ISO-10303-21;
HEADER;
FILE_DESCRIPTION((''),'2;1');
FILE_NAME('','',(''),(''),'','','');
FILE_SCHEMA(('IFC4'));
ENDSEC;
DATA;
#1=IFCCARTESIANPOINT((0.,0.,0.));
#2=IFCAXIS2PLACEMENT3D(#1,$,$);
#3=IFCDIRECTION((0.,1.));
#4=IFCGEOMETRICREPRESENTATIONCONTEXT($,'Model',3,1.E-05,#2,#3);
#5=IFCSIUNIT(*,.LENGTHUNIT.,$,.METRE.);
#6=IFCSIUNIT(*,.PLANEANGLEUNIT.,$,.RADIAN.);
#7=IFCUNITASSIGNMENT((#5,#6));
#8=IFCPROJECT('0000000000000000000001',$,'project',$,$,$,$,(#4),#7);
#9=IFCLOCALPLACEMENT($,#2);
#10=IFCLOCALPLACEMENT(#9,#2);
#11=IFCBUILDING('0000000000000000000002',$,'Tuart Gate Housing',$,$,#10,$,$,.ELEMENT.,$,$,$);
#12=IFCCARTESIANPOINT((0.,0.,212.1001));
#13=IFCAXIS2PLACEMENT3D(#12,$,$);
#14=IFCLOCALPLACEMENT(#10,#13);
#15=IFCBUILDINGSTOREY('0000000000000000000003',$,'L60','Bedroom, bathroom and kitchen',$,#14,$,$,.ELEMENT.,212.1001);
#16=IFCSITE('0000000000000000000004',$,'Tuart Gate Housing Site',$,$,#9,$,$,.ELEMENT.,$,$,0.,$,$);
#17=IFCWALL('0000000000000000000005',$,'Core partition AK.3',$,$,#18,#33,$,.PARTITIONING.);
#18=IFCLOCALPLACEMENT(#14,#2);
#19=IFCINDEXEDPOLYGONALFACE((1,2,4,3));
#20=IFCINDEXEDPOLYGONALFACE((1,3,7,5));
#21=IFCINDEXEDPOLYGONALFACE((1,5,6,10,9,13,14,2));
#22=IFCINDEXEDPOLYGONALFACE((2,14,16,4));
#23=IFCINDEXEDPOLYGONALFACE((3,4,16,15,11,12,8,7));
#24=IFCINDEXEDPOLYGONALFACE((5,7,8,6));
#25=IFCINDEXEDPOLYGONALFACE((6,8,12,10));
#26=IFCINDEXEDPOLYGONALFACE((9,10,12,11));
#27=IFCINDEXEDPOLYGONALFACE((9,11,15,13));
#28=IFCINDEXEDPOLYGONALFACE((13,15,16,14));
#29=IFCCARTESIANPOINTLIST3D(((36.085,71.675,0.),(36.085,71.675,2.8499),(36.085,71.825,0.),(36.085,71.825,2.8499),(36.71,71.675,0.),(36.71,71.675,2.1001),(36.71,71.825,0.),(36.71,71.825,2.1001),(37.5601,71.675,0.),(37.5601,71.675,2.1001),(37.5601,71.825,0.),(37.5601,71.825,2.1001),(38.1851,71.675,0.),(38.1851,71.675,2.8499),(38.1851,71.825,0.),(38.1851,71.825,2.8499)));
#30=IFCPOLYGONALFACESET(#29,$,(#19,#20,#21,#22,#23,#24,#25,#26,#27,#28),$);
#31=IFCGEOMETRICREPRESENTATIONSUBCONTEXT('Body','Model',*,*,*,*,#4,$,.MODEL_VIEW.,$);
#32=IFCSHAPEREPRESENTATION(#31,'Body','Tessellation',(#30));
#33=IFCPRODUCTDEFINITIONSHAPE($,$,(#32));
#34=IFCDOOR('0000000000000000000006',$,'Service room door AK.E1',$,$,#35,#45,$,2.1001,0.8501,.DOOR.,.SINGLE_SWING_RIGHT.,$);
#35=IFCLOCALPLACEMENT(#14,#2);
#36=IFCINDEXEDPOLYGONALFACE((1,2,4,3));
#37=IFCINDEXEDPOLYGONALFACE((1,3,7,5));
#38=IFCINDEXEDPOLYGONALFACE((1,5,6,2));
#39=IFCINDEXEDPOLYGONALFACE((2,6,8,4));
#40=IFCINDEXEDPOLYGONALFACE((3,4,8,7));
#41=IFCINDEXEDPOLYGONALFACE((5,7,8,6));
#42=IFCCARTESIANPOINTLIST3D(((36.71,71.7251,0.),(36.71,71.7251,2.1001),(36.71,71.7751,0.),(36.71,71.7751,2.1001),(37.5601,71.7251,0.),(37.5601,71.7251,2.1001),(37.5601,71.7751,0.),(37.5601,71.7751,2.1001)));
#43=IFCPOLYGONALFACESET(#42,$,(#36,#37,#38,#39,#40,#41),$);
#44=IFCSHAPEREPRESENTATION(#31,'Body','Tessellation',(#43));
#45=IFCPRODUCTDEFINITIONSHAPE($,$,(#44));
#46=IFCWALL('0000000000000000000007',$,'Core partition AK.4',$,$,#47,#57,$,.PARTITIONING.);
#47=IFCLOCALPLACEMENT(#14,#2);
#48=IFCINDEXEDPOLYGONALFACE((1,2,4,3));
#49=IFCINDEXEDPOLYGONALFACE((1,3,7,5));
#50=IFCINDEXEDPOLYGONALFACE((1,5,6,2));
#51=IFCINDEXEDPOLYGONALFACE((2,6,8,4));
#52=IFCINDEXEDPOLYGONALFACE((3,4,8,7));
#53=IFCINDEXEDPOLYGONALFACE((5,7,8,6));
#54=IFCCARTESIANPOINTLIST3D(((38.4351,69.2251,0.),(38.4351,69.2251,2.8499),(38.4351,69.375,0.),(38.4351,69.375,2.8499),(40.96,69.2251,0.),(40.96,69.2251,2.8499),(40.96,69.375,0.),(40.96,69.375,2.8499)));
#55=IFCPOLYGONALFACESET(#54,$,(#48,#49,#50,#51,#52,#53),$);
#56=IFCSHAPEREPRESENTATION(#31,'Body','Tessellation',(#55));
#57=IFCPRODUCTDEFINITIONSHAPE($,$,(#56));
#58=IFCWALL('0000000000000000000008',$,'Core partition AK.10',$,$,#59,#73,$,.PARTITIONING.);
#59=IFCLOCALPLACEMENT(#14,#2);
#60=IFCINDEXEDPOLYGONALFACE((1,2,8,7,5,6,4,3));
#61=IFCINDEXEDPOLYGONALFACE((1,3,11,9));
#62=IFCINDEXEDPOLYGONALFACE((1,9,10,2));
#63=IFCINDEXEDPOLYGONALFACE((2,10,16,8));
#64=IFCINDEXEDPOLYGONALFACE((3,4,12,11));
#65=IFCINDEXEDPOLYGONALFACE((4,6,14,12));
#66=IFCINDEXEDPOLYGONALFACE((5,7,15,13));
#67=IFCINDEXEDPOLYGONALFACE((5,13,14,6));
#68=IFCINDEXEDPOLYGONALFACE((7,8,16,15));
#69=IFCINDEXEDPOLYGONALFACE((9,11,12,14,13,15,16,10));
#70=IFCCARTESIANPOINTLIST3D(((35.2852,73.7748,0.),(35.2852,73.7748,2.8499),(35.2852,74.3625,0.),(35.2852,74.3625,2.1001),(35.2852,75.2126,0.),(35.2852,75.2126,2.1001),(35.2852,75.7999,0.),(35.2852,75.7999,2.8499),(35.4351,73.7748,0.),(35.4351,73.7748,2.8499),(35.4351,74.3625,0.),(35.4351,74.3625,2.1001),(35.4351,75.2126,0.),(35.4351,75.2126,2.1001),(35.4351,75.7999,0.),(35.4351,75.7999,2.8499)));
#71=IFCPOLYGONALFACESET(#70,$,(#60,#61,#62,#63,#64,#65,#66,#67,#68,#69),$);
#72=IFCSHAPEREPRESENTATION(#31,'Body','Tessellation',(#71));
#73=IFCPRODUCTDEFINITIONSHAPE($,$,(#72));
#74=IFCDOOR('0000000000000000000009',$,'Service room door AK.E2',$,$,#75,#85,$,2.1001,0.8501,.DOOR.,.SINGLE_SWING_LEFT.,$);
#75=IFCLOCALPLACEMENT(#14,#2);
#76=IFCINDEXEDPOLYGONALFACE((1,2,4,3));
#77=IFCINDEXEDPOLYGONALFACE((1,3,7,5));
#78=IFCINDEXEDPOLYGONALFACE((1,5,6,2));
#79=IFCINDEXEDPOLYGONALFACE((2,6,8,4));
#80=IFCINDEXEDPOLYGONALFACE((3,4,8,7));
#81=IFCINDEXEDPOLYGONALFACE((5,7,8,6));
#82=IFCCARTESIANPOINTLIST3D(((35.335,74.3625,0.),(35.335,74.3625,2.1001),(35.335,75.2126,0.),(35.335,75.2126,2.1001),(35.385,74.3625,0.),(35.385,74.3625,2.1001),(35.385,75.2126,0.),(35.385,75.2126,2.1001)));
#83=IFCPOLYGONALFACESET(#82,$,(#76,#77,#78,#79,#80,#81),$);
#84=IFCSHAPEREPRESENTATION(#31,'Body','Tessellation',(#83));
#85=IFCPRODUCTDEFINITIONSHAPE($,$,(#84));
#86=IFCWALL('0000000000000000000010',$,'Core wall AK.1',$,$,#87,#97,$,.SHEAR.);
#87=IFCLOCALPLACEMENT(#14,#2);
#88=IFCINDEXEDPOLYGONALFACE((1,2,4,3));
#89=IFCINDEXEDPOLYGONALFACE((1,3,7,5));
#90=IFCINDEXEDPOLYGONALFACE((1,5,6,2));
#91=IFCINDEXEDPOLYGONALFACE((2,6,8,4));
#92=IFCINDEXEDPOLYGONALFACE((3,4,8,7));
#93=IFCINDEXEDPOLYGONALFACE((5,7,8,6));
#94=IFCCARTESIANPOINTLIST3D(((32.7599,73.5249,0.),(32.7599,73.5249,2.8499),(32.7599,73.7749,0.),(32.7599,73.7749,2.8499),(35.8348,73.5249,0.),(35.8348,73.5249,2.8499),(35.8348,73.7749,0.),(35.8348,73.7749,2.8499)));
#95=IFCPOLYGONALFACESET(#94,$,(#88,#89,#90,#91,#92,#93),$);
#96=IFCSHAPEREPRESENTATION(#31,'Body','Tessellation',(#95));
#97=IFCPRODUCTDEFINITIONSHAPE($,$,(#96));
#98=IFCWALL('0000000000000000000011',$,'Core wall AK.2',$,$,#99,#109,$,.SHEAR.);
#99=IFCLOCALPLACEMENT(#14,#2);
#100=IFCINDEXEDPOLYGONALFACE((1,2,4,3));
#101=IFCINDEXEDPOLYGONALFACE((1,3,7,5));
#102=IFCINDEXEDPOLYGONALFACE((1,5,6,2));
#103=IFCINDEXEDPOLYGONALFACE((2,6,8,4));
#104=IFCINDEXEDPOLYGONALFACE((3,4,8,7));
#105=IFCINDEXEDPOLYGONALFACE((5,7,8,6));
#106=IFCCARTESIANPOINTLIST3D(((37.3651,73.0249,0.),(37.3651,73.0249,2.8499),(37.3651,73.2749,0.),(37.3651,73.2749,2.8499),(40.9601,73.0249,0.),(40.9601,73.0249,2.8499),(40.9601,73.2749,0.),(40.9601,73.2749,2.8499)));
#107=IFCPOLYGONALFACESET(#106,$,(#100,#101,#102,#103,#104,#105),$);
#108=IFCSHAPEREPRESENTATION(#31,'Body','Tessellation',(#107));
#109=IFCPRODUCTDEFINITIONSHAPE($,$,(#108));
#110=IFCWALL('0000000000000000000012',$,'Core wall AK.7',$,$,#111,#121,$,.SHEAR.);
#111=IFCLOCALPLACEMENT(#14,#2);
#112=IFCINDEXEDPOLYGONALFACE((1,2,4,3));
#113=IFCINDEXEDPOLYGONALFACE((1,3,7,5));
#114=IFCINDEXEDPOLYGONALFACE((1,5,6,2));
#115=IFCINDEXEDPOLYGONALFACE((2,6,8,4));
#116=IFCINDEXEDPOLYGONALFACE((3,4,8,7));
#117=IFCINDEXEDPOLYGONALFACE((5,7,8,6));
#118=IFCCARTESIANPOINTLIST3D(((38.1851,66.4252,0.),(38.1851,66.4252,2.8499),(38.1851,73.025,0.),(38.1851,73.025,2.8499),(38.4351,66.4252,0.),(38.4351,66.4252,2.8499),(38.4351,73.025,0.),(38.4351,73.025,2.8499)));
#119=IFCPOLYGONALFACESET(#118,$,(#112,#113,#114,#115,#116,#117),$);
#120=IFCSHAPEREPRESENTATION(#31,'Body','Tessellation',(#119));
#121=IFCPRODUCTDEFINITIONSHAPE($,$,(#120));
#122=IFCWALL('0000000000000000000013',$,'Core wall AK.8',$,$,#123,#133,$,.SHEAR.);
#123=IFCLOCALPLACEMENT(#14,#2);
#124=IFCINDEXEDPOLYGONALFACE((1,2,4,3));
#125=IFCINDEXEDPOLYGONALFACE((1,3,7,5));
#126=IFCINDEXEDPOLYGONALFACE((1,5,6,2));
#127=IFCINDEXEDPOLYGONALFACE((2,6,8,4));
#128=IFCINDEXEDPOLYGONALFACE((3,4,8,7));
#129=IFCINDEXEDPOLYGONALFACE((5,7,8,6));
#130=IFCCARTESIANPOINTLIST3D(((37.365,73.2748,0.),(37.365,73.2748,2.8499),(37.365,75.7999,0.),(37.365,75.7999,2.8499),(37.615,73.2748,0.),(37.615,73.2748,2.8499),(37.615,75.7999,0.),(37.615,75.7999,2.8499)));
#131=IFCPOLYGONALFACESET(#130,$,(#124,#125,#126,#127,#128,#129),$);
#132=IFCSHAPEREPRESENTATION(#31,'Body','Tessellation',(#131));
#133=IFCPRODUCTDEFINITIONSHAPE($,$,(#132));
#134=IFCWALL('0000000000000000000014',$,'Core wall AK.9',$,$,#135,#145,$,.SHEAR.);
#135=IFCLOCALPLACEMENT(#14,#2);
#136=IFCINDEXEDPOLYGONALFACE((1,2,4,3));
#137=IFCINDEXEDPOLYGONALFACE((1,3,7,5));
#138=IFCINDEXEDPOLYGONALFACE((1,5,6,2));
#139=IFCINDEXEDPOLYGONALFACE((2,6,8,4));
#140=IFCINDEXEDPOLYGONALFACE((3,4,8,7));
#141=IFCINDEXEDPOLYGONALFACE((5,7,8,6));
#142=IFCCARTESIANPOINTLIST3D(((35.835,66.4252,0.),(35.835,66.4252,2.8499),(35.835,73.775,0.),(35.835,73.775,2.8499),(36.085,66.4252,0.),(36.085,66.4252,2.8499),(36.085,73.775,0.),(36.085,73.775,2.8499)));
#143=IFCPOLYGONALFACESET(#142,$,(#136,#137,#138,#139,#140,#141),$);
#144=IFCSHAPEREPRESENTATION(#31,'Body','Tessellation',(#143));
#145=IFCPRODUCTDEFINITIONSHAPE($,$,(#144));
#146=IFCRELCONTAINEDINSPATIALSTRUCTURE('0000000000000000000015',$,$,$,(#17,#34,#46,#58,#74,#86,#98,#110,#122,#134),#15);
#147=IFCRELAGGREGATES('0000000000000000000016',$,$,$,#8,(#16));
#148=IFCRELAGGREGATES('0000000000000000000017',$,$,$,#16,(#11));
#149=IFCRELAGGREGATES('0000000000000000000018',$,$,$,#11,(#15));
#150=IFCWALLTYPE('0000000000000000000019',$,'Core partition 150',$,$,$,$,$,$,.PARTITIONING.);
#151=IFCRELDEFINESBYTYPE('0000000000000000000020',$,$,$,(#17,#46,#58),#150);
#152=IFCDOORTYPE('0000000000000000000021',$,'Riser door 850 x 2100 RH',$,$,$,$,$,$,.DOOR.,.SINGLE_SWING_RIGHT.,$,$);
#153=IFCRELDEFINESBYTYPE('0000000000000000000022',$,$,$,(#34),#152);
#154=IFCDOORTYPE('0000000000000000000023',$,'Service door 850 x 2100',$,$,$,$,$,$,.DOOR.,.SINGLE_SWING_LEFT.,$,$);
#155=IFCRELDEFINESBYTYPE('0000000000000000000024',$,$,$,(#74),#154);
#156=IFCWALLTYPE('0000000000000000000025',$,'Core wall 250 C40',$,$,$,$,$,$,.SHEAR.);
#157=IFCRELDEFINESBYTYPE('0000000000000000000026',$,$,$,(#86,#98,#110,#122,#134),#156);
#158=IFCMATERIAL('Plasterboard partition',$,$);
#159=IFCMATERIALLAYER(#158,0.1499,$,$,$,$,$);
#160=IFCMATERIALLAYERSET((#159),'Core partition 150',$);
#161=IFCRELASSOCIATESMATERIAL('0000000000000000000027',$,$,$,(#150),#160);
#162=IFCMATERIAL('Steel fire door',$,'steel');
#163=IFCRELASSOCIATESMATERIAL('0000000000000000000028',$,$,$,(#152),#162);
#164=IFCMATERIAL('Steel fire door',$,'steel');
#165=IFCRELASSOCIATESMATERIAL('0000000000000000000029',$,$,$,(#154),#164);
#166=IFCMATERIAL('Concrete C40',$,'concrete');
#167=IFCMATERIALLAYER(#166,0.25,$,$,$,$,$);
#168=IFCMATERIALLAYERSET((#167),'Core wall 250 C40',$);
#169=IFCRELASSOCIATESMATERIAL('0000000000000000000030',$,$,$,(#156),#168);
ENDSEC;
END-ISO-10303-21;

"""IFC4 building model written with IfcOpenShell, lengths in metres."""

from ifc_helpers import new_model, si_unit, direction, frame, frame_2d, origin, place, context, subcontext, project, spatial, rectangle, extrude, material, layer, layer_set, type_object, element, fill, save


model = new_model("IFC4")

# Units and contexts
model_context = context("Model", 3, precision=1e-05, world=origin(), true_north=direction((0.0, 1.0)))
body_context = subcontext(model_context, "Body", "Model", "MODEL_VIEW")
ifc_project = project(units=[si_unit("LENGTHUNIT", "METRE"), si_unit("PLANEANGLEUNIT", "RADIAN")], contexts=[model_context])

# Site, building, storey
site_placement = place(None, origin())
site = spatial("IfcSite", under=ifc_project, at=site_placement, Name="Tuart Gate Housing Site", CompositionType="ELEMENT", RefElevation=0.0)
building_placement = place(site_placement, origin())
building = spatial("IfcBuilding", under=site, at=building_placement, Name="Tuart Gate Housing", CompositionType="ELEMENT")
storey_placement = place(building_placement, frame((0.0, 0.0, 212.1001)))
storey = spatial("IfcBuildingStorey", under=building, at=storey_placement, Name="L60", Description="Bedroom, bathroom and kitchen", CompositionType="ELEMENT", Elevation=212.1001)

# Wall, opening, door
ifc_material_1 = material(Name="Plasterboard partition")
ifc_layer_1 = layer(ifc_material_1, 0.1499)
ifc_layer_set_1 = layer_set([ifc_layer_1], Name="Core partition 150")
wall_type_1 = type_object("IfcWallType", Name="Core partition 150", PredefinedType="PARTITIONING", material=ifc_layer_set_1)
wall_1_placement = place(storey_placement, frame((38.1851, 71.75, 0.0), z_axis=(0.0, 0.0, 1.0), x_axis=(-1.0, 0.0, 0.0)))
wall_1 = element("IfcWall", 1, at=wall_1_placement, inside=storey, type_object=wall_type_1, Name="Core partition AK.3", PredefinedType="PARTITIONING", context=body_context, shape_type="SweptSolid", body=[
    extrude(rectangle(XDim=2.1001, YDim=0.1499, at=frame_2d((1.05, 0.0))), origin(), (0.0, 0.0, 1.0), 2.8499),
])
opening_1_placement = place(wall_1_placement, frame((0.625, 0.0, 0.0)))
opening_1 = element("IfcOpeningElement", 2, at=opening_1_placement, cuts=wall_1, PredefinedType="OPENING", context=body_context, shape_type="SweptSolid", body=[
    extrude(rectangle(XDim=0.8501, YDim=2.1001, at=frame_2d((0.425, 1.05))), frame((0.0, 0.085, 0.0), z_axis=(0.0, -1.0, 0.0), x_axis=(1.0, 0.0, 0.0)), (0.0, 0.0, 1.0), 0.1699),
])
ifc_material_2 = material(Name="Steel fire door", Category="steel")
door_type_1 = type_object("IfcDoorType", Name="Riser door 850 x 2100 RH", OperationType="SINGLE_SWING_RIGHT", PredefinedType="DOOR", material=ifc_material_2)
door_1_placement = place(opening_1_placement, frame((0.8501, 0.0, 0.0), z_axis=(0.0, 0.0, 1.0), x_axis=(-1.0, 0.0, 0.0)))
door_1 = element("IfcDoor", 3, at=door_1_placement, inside=storey, type_object=door_type_1, Name="Service room door AK.E1", OperationType="SINGLE_SWING_RIGHT", OverallHeight=2.1001, OverallWidth=0.8501, PredefinedType="DOOR", context=body_context, shape_type="SweptSolid", body=[
    extrude(rectangle(XDim=0.8501, YDim=2.1001, at=frame_2d((0.425, 1.05))), frame((0.0, 0.0251, 0.0), z_axis=(0.0, -1.0, 0.0), x_axis=(1.0, 0.0, 0.0)), (0.0, 0.0, 1.0), 0.05),
])
fill(opening_1, door_1)

# Wall
wall_2_placement = place(storey_placement, frame((40.96, 69.3, 0.0), z_axis=(0.0, 0.0, 1.0), x_axis=(-1.0, 0.0, 0.0)))
element("IfcWall", 4, at=wall_2_placement, inside=storey, type_object=wall_type_1, Name="Core partition AK.4", PredefinedType="PARTITIONING", context=body_context, shape_type="SweptSolid", body=[
    extrude(rectangle(XDim=2.5249, YDim=0.1499, at=frame_2d((1.2625, 0.0))), origin(), (0.0, 0.0, 1.0), 2.8499),
])

# Wall, opening, door
wall_3_placement = place(storey_placement, frame((35.3601, 75.8, 0.0), z_axis=(0.0, 0.0, 1.0), x_axis=(0.0, -1.0, 0.0)))
wall_3 = element("IfcWall", 5, at=wall_3_placement, inside=storey, type_object=wall_type_1, Name="Core partition AK.10", PredefinedType="PARTITIONING", context=body_context, shape_type="SweptSolid", body=[
    extrude(rectangle(XDim=2.0251, YDim=0.1499, at=frame_2d((1.0127, 0.0))), origin(), (0.0, 0.0, 1.0), 2.8499),
])
opening_2_placement = place(wall_3_placement, frame((0.5874, 0.0, 0.0)))
opening_2 = element("IfcOpeningElement", 6, at=opening_2_placement, cuts=wall_3, PredefinedType="OPENING", context=body_context, shape_type="SweptSolid", body=[
    extrude(rectangle(XDim=0.8501, YDim=2.1001, at=frame_2d((0.425, 1.05))), frame((0.0, 0.085, 0.0), z_axis=(0.0, -1.0, 0.0), x_axis=(1.0, 0.0, 0.0)), (0.0, 0.0, 1.0), 0.1699),
])
ifc_material_3 = material(Name="Steel fire door", Category="steel")
door_type_2 = type_object("IfcDoorType", Name="Service door 850 x 2100", OperationType="SINGLE_SWING_LEFT", PredefinedType="DOOR", material=ifc_material_3)
door_2_placement = place(opening_2_placement, origin())
door_2 = element("IfcDoor", 7, at=door_2_placement, inside=storey, type_object=door_type_2, Name="Service room door AK.E2", OperationType="SINGLE_SWING_LEFT", OverallHeight=2.1001, OverallWidth=0.8501, PredefinedType="DOOR", context=body_context, shape_type="SweptSolid", body=[
    extrude(rectangle(XDim=0.8501, YDim=2.1001, at=frame_2d((0.425, 1.05))), frame((0.0, 0.0249, 0.0), z_axis=(0.0, -1.0, 0.0), x_axis=(1.0, 0.0, 0.0)), (0.0, 0.0, 1.0), 0.05),
])
fill(opening_2, door_2)

# Walls
ifc_material_4 = material(Name="Concrete C40", Category="concrete")
ifc_layer_2 = layer(ifc_material_4, 0.25)
ifc_layer_set_2 = layer_set([ifc_layer_2], Name="Core wall 250 C40")
wall_type_2 = type_object("IfcWallType", Name="Core wall 250 C40", PredefinedType="SHEAR", material=ifc_layer_set_2)
wall_4_placement = place(storey_placement, frame((35.835, 73.6499, 0.0), z_axis=(0.0, 0.0, 1.0), x_axis=(-1.0, 0.0, 0.0)))
element("IfcWall", 8, at=wall_4_placement, inside=storey, type_object=wall_type_2, Name="Core wall AK.1", PredefinedType="SHEAR", context=body_context, shape_type="SweptSolid", body=[
    extrude(rectangle(XDim=3.075, YDim=0.25, at=frame_2d((1.5376, 0.0))), origin(), (0.0, 0.0, 1.0), 2.8499),
])
wall_5_placement = place(storey_placement, frame((40.96, 73.1499, 0.0), z_axis=(0.0, 0.0, 1.0), x_axis=(-1.0, 0.0, 0.0)))
element("IfcWall", 9, at=wall_5_placement, inside=storey, type_object=wall_type_2, Name="Core wall AK.2", PredefinedType="SHEAR", context=body_context, shape_type="SweptSolid", body=[
    extrude(rectangle(XDim=3.595, YDim=0.25, at=frame_2d((1.7974, 0.0))), origin(), (0.0, 0.0, 1.0), 2.8499),
])
wall_6_placement = place(storey_placement, frame((38.3101, 73.0249, 0.0), z_axis=(0.0, 0.0, 1.0), x_axis=(0.0, -1.0, 0.0)))
element("IfcWall", 10, at=wall_6_placement, inside=storey, type_object=wall_type_2, Name="Core wall AK.7", PredefinedType="SHEAR", context=body_context, shape_type="SweptSolid", body=[
    extrude(rectangle(XDim=6.5999, YDim=0.25, at=frame_2d((3.2998, 0.0))), origin(), (0.0, 0.0, 1.0), 2.8499),
])
wall_7_placement = place(storey_placement, frame((37.49, 75.8, 0.0), z_axis=(0.0, 0.0, 1.0), x_axis=(0.0, -1.0, 0.0)))
element("IfcWall", 11, at=wall_7_placement, inside=storey, type_object=wall_type_2, Name="Core wall AK.8", PredefinedType="SHEAR", context=body_context, shape_type="SweptSolid", body=[
    extrude(rectangle(XDim=2.5251, YDim=0.25, at=frame_2d((1.2627, 0.0))), origin(), (0.0, 0.0, 1.0), 2.8499),
])
wall_8_placement = place(storey_placement, frame((35.96, 73.7749, 0.0), z_axis=(0.0, 0.0, 1.0), x_axis=(0.0, -1.0, 0.0)))
element("IfcWall", 12, at=wall_8_placement, inside=storey, type_object=wall_type_2, Name="Core wall AK.9", PredefinedType="SHEAR", context=body_context, shape_type="SweptSolid", body=[
    extrude(rectangle(XDim=7.3499, YDim=0.25, at=frame_2d((3.6748, 0.0))), origin(), (0.0, 0.0, 1.0), 2.8499),
])

save(model, "model.ifc")
